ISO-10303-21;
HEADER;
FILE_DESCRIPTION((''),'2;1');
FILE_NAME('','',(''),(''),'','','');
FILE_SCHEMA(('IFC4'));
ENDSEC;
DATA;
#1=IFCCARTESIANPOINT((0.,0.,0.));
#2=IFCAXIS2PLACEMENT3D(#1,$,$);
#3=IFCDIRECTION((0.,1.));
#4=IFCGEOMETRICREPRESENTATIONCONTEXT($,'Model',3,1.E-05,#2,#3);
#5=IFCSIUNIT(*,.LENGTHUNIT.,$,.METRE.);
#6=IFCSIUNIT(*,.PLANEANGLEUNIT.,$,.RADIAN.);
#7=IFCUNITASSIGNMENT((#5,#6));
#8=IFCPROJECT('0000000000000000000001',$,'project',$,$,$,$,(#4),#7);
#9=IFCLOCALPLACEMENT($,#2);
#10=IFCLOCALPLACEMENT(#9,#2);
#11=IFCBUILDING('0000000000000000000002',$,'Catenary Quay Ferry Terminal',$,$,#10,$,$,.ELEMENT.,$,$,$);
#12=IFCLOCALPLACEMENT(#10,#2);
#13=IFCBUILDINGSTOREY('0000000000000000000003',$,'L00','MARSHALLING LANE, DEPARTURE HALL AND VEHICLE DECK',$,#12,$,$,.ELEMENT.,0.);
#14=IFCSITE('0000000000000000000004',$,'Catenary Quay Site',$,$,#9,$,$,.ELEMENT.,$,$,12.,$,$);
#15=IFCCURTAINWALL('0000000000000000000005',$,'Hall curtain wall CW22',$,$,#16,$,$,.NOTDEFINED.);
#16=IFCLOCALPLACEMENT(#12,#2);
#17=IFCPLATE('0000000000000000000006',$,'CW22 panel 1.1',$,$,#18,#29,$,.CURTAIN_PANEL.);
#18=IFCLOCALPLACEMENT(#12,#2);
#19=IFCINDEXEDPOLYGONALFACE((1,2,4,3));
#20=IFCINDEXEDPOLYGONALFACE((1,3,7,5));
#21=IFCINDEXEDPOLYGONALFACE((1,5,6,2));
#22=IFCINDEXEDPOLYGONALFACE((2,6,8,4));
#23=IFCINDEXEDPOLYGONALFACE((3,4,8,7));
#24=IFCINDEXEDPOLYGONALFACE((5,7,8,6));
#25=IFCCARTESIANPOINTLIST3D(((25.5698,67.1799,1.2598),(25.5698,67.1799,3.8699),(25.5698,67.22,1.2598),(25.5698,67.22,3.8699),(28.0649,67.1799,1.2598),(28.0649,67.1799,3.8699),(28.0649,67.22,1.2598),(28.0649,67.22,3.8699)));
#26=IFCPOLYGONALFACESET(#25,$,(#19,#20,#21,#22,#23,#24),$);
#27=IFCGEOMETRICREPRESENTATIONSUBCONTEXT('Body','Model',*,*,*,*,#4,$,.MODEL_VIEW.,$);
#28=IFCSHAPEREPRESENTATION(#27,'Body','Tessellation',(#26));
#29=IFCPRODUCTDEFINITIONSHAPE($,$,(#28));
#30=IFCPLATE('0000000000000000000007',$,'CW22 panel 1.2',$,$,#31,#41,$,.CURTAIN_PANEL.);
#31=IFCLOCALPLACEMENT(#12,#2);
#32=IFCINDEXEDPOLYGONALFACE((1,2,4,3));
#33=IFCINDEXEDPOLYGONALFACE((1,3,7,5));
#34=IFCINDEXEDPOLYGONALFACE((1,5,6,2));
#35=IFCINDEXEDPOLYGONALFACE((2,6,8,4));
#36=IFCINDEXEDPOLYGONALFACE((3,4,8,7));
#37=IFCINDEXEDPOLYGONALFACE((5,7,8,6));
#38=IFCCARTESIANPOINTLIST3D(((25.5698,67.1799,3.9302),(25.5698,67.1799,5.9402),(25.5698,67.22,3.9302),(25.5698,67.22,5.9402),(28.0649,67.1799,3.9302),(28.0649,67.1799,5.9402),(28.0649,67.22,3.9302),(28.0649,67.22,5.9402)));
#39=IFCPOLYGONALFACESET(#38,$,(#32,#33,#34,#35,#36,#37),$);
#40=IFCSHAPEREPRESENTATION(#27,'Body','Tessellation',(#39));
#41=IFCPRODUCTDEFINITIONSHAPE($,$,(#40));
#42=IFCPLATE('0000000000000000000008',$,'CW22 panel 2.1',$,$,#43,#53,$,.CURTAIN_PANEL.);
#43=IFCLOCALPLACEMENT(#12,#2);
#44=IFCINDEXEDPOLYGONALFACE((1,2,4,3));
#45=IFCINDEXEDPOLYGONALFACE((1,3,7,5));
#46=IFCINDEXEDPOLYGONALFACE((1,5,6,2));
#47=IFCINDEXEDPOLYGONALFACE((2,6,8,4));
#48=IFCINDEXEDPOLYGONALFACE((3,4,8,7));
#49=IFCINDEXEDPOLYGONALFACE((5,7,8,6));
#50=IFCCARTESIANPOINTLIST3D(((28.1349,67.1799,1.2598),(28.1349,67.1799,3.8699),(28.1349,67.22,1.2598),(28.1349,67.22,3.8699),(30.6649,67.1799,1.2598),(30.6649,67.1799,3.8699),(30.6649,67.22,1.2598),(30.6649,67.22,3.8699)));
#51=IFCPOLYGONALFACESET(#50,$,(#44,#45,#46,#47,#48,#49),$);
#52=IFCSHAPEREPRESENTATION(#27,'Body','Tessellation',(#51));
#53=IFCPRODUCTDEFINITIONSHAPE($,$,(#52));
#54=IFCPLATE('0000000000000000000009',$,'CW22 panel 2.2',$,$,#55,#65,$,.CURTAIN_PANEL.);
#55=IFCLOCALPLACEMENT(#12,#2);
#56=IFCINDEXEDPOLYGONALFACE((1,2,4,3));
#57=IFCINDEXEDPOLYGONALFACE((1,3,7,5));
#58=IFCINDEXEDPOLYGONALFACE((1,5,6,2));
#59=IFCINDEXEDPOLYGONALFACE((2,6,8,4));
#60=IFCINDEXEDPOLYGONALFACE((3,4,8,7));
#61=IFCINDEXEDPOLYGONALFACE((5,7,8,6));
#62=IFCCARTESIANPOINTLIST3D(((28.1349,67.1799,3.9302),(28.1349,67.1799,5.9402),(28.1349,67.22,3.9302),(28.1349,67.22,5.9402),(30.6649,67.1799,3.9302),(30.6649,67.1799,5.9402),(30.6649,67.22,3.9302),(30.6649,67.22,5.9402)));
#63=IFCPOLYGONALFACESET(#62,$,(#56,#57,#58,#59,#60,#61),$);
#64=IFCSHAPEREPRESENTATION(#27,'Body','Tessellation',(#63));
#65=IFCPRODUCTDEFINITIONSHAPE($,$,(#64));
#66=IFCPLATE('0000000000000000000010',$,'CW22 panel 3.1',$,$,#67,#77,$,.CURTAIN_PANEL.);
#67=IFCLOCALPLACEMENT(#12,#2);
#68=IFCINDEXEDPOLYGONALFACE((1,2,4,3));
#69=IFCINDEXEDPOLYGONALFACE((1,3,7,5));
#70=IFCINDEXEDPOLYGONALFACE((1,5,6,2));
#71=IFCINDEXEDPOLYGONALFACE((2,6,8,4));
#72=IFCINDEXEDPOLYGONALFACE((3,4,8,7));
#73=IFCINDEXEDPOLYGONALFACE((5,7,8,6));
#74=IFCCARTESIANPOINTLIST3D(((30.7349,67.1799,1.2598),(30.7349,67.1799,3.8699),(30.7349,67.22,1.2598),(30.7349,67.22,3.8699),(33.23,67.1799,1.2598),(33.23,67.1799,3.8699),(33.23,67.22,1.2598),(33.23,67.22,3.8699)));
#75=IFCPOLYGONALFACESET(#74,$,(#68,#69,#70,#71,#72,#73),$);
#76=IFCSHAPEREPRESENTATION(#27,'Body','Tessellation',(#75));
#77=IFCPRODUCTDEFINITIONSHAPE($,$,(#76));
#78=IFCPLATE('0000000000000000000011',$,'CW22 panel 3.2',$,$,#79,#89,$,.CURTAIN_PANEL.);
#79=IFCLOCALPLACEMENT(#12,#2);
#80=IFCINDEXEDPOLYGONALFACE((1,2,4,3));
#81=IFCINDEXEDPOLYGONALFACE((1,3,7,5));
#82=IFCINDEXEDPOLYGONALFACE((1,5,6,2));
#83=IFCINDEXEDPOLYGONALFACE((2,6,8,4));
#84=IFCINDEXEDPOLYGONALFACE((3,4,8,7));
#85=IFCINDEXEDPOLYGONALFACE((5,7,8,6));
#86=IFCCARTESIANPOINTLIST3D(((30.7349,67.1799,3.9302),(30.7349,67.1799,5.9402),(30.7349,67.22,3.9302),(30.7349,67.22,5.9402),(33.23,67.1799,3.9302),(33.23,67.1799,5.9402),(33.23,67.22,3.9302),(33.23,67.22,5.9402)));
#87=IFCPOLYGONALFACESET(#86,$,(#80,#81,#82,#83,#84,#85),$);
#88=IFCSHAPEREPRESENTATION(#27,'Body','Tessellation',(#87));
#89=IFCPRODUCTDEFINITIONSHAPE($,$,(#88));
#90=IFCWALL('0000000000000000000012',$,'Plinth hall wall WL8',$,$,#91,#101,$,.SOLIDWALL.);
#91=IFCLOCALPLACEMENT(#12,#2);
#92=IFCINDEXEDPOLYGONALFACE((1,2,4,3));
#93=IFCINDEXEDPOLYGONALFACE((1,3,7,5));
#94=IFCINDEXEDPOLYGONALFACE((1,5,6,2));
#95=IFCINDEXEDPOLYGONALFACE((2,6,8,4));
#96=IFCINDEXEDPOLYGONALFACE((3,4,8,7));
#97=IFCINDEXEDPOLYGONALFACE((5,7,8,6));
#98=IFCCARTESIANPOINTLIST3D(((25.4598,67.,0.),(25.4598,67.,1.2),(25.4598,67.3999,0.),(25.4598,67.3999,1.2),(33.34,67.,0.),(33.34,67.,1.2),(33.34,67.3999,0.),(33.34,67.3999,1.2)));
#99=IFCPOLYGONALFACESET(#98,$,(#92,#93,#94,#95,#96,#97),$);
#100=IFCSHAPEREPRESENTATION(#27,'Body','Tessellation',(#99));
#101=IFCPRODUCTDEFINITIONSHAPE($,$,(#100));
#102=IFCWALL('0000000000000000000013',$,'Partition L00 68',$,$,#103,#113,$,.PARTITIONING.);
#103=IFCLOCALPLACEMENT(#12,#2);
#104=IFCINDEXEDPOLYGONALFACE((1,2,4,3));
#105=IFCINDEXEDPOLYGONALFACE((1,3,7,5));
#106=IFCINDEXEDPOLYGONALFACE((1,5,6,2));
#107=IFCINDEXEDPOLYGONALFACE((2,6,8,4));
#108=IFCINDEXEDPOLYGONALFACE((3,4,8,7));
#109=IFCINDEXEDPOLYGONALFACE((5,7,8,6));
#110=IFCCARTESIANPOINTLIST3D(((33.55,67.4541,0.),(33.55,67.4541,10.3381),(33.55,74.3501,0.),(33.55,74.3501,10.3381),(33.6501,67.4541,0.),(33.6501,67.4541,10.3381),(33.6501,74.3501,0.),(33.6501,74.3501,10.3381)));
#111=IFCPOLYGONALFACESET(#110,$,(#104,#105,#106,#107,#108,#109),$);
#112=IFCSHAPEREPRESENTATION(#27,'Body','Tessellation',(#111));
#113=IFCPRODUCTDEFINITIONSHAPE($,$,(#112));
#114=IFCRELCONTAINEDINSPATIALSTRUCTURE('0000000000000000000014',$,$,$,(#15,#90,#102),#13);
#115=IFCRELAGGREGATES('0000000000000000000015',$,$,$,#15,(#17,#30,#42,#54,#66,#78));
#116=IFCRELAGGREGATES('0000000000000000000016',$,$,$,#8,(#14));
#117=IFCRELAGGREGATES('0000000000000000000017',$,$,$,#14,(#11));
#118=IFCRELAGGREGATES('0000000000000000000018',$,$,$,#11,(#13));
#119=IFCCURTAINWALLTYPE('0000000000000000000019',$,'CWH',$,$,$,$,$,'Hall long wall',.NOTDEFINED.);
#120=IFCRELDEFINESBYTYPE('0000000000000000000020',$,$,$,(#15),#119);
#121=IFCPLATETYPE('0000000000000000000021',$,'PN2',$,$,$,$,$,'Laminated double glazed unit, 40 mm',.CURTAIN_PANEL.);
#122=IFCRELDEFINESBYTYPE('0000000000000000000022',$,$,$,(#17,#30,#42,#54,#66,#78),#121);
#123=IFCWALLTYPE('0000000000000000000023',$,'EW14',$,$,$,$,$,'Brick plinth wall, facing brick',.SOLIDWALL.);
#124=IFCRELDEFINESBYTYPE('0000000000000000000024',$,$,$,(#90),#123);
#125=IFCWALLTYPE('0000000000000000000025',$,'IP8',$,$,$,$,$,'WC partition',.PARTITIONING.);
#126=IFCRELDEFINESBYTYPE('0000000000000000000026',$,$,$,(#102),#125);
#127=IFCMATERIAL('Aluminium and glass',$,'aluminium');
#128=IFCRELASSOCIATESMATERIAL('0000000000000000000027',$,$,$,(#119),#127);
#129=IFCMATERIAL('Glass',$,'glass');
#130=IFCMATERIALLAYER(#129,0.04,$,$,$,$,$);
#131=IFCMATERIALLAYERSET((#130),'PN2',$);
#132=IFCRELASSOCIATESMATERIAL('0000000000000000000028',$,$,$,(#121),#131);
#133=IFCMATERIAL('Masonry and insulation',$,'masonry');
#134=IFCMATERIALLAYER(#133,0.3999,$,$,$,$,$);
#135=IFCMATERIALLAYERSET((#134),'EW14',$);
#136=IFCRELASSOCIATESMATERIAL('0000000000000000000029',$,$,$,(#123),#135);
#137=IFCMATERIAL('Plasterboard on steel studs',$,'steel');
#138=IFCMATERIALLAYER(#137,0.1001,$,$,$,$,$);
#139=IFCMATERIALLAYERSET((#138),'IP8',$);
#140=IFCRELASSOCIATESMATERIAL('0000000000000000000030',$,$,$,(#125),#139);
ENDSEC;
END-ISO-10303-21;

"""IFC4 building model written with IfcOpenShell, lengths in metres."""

from ifc_helpers import new_model, si_unit, direction, frame, frame_2d, origin, origin_2d, place, context, subcontext, project, spatial, rectangle, extrude, material, layer, layer_set, type_object, element, aggregate, save


model = new_model("IFC4")

# Units and contexts
model_context = context("Model", 3, precision=1e-05, world=origin(), true_north=direction((0.0, 1.0)))
body_context = subcontext(model_context, "Body", "Model", "MODEL_VIEW")
ifc_project = project(units=[si_unit("LENGTHUNIT", "METRE"), si_unit("PLANEANGLEUNIT", "RADIAN")], contexts=[model_context])

# Site, building, storey
site_placement = place(None, origin())
site = spatial("IfcSite", under=ifc_project, at=site_placement, Name="Catenary Quay Site", CompositionType="ELEMENT", RefElevation=12.0)
building_placement = place(site_placement, origin())
building = spatial("IfcBuilding", under=site, at=building_placement, Name="Catenary Quay Ferry Terminal", CompositionType="ELEMENT")
storey_placement = place(building_placement, origin())
storey = spatial("IfcBuildingStorey", under=building, at=storey_placement, Name="L00", Description="MARSHALLING LANE, DEPARTURE HALL AND VEHICLE DECK", CompositionType="ELEMENT", Elevation=0.0)

# Curtain wall, plates
ifc_material_1 = material(Name="Aluminium and glass", Category="aluminium")
curtain_wall_type = type_object("IfcCurtainWallType", Name="CWH", ElementType="Hall long wall", PredefinedType="NOTDEFINED", material=ifc_material_1)
curtain_wall_placement = place(storey_placement, origin())
curtain_wall = element("IfcCurtainWall", 1, at=curtain_wall_placement, inside=storey, type_object=curtain_wall_type, Name="Hall curtain wall CW22", PredefinedType="NOTDEFINED")
ifc_material_2 = material(Name="Glass", Category="glass")
ifc_layer_1 = layer(ifc_material_2, 0.04)
ifc_layer_set_1 = layer_set([ifc_layer_1], Name="PN2")
plate_type = type_object("IfcPlateType", Name="PN2", ElementType="Laminated double glazed unit, 40 mm", PredefinedType="CURTAIN_PANEL", material=ifc_layer_set_1)
plate_1_placement = place(storey_placement, frame((26.8174, 67.2, 1.2598), z_axis=(0.0, 0.0, 1.0), x_axis=(1.0, 0.0, 0.0)))
plate_1 = element("IfcPlate", 2, at=plate_1_placement, type_object=plate_type, Name="CW22 panel 1.1", PredefinedType="CURTAIN_PANEL", context=body_context, shape_type="SweptSolid", body=[
    extrude(rectangle(XDim=2.4951, YDim=0.04, at=origin_2d()), origin(), (0.0, 0.0, 1.0), 2.6101),
])
plate_2_placement = place(storey_placement, frame((26.8174, 67.2, 3.9302), z_axis=(0.0, 0.0, 1.0), x_axis=(1.0, 0.0, 0.0)))
plate_2 = element("IfcPlate", 3, at=plate_2_placement, type_object=plate_type, Name="CW22 panel 1.2", PredefinedType="CURTAIN_PANEL", context=body_context, shape_type="SweptSolid", body=[
    extrude(rectangle(XDim=2.4951, YDim=0.04, at=origin_2d()), origin(), (0.0, 0.0, 1.0), 2.01),
])
plate_3_placement = place(storey_placement, frame((29.3999, 67.2, 1.2598), z_axis=(0.0, 0.0, 1.0), x_axis=(1.0, 0.0, 0.0)))
plate_3 = element("IfcPlate", 4, at=plate_3_placement, type_object=plate_type, Name="CW22 panel 2.1", PredefinedType="CURTAIN_PANEL", context=body_context, shape_type="SweptSolid", body=[
    extrude(rectangle(XDim=2.53, YDim=0.04, at=origin_2d()), origin(), (0.0, 0.0, 1.0), 2.6101),
])
plate_4_placement = place(storey_placement, frame((29.3999, 67.2, 3.9302), z_axis=(0.0, 0.0, 1.0), x_axis=(1.0, 0.0, 0.0)))
plate_4 = element("IfcPlate", 5, at=plate_4_placement, type_object=plate_type, Name="CW22 panel 2.2", PredefinedType="CURTAIN_PANEL", context=body_context, shape_type="SweptSolid", body=[
    extrude(rectangle(XDim=2.53, YDim=0.04, at=origin_2d()), origin(), (0.0, 0.0, 1.0), 2.01),
])
plate_5_placement = place(storey_placement, frame((31.9824, 67.2, 1.2598), z_axis=(0.0, 0.0, 1.0), x_axis=(1.0, 0.0, 0.0)))
plate_5 = element("IfcPlate", 6, at=plate_5_placement, type_object=plate_type, Name="CW22 panel 3.1", PredefinedType="CURTAIN_PANEL", context=body_context, shape_type="SweptSolid", body=[
    extrude(rectangle(XDim=2.4951, YDim=0.04, at=origin_2d()), origin(), (0.0, 0.0, 1.0), 2.6101),
])
plate_6_placement = place(storey_placement, frame((31.9824, 67.2, 3.9302), z_axis=(0.0, 0.0, 1.0), x_axis=(1.0, 0.0, 0.0)))
plate_6 = element("IfcPlate", 7, at=plate_6_placement, type_object=plate_type, Name="CW22 panel 3.2", PredefinedType="CURTAIN_PANEL", context=body_context, shape_type="SweptSolid", body=[
    extrude(rectangle(XDim=2.4951, YDim=0.04, at=origin_2d()), origin(), (0.0, 0.0, 1.0), 2.01),
])
aggregate(curtain_wall, [plate_1, plate_2, plate_3, plate_4, plate_5, plate_6])

# Walls
ifc_material_3 = material(Name="Masonry and insulation", Category="masonry")
ifc_layer_2 = layer(ifc_material_3, 0.3999)
ifc_layer_set_2 = layer_set([ifc_layer_2], Name="EW14")
wall_type_1 = type_object("IfcWallType", Name="EW14", ElementType="Brick plinth wall, facing brick", PredefinedType="SOLIDWALL", material=ifc_layer_set_2)
wall_1_placement = place(storey_placement, frame((25.46, 67.2, 0.0), z_axis=(0.0, 0.0, 1.0), x_axis=(1.0, 0.0, 0.0)))
element("IfcWall", 8, at=wall_1_placement, inside=storey, type_object=wall_type_1, Name="Plinth hall wall WL8", PredefinedType="SOLIDWALL", context=body_context, shape_type="SweptSolid", body=[
    extrude(rectangle(XDim=7.8801, YDim=0.3999, at=frame_2d((3.9399, 0.0))), origin(), (0.0, 0.0, 1.0), 1.2),
])
ifc_material_4 = material(Name="Plasterboard on steel studs", Category="steel")
ifc_layer_3 = layer(ifc_material_4, 0.1001)
ifc_layer_set_3 = layer_set([ifc_layer_3], Name="IP8")
wall_type_2 = type_object("IfcWallType", Name="IP8", ElementType="WC partition", PredefinedType="PARTITIONING", material=ifc_layer_set_3)
wall_2_placement = place(storey_placement, frame((33.6001, 67.4541, 0.0), z_axis=(0.0, 0.0, 1.0), x_axis=(0.0, 1.0, 0.0)))
element("IfcWall", 9, at=wall_2_placement, inside=storey, type_object=wall_type_2, Name="Partition L00 68", PredefinedType="PARTITIONING", context=body_context, shape_type="SweptSolid", body=[
    extrude(rectangle(XDim=6.896, YDim=0.1001, at=frame_2d((3.448, 0.0))), origin(), (0.0, 0.0, 1.0), 10.3381),
])

save(model, "model.ifc")
